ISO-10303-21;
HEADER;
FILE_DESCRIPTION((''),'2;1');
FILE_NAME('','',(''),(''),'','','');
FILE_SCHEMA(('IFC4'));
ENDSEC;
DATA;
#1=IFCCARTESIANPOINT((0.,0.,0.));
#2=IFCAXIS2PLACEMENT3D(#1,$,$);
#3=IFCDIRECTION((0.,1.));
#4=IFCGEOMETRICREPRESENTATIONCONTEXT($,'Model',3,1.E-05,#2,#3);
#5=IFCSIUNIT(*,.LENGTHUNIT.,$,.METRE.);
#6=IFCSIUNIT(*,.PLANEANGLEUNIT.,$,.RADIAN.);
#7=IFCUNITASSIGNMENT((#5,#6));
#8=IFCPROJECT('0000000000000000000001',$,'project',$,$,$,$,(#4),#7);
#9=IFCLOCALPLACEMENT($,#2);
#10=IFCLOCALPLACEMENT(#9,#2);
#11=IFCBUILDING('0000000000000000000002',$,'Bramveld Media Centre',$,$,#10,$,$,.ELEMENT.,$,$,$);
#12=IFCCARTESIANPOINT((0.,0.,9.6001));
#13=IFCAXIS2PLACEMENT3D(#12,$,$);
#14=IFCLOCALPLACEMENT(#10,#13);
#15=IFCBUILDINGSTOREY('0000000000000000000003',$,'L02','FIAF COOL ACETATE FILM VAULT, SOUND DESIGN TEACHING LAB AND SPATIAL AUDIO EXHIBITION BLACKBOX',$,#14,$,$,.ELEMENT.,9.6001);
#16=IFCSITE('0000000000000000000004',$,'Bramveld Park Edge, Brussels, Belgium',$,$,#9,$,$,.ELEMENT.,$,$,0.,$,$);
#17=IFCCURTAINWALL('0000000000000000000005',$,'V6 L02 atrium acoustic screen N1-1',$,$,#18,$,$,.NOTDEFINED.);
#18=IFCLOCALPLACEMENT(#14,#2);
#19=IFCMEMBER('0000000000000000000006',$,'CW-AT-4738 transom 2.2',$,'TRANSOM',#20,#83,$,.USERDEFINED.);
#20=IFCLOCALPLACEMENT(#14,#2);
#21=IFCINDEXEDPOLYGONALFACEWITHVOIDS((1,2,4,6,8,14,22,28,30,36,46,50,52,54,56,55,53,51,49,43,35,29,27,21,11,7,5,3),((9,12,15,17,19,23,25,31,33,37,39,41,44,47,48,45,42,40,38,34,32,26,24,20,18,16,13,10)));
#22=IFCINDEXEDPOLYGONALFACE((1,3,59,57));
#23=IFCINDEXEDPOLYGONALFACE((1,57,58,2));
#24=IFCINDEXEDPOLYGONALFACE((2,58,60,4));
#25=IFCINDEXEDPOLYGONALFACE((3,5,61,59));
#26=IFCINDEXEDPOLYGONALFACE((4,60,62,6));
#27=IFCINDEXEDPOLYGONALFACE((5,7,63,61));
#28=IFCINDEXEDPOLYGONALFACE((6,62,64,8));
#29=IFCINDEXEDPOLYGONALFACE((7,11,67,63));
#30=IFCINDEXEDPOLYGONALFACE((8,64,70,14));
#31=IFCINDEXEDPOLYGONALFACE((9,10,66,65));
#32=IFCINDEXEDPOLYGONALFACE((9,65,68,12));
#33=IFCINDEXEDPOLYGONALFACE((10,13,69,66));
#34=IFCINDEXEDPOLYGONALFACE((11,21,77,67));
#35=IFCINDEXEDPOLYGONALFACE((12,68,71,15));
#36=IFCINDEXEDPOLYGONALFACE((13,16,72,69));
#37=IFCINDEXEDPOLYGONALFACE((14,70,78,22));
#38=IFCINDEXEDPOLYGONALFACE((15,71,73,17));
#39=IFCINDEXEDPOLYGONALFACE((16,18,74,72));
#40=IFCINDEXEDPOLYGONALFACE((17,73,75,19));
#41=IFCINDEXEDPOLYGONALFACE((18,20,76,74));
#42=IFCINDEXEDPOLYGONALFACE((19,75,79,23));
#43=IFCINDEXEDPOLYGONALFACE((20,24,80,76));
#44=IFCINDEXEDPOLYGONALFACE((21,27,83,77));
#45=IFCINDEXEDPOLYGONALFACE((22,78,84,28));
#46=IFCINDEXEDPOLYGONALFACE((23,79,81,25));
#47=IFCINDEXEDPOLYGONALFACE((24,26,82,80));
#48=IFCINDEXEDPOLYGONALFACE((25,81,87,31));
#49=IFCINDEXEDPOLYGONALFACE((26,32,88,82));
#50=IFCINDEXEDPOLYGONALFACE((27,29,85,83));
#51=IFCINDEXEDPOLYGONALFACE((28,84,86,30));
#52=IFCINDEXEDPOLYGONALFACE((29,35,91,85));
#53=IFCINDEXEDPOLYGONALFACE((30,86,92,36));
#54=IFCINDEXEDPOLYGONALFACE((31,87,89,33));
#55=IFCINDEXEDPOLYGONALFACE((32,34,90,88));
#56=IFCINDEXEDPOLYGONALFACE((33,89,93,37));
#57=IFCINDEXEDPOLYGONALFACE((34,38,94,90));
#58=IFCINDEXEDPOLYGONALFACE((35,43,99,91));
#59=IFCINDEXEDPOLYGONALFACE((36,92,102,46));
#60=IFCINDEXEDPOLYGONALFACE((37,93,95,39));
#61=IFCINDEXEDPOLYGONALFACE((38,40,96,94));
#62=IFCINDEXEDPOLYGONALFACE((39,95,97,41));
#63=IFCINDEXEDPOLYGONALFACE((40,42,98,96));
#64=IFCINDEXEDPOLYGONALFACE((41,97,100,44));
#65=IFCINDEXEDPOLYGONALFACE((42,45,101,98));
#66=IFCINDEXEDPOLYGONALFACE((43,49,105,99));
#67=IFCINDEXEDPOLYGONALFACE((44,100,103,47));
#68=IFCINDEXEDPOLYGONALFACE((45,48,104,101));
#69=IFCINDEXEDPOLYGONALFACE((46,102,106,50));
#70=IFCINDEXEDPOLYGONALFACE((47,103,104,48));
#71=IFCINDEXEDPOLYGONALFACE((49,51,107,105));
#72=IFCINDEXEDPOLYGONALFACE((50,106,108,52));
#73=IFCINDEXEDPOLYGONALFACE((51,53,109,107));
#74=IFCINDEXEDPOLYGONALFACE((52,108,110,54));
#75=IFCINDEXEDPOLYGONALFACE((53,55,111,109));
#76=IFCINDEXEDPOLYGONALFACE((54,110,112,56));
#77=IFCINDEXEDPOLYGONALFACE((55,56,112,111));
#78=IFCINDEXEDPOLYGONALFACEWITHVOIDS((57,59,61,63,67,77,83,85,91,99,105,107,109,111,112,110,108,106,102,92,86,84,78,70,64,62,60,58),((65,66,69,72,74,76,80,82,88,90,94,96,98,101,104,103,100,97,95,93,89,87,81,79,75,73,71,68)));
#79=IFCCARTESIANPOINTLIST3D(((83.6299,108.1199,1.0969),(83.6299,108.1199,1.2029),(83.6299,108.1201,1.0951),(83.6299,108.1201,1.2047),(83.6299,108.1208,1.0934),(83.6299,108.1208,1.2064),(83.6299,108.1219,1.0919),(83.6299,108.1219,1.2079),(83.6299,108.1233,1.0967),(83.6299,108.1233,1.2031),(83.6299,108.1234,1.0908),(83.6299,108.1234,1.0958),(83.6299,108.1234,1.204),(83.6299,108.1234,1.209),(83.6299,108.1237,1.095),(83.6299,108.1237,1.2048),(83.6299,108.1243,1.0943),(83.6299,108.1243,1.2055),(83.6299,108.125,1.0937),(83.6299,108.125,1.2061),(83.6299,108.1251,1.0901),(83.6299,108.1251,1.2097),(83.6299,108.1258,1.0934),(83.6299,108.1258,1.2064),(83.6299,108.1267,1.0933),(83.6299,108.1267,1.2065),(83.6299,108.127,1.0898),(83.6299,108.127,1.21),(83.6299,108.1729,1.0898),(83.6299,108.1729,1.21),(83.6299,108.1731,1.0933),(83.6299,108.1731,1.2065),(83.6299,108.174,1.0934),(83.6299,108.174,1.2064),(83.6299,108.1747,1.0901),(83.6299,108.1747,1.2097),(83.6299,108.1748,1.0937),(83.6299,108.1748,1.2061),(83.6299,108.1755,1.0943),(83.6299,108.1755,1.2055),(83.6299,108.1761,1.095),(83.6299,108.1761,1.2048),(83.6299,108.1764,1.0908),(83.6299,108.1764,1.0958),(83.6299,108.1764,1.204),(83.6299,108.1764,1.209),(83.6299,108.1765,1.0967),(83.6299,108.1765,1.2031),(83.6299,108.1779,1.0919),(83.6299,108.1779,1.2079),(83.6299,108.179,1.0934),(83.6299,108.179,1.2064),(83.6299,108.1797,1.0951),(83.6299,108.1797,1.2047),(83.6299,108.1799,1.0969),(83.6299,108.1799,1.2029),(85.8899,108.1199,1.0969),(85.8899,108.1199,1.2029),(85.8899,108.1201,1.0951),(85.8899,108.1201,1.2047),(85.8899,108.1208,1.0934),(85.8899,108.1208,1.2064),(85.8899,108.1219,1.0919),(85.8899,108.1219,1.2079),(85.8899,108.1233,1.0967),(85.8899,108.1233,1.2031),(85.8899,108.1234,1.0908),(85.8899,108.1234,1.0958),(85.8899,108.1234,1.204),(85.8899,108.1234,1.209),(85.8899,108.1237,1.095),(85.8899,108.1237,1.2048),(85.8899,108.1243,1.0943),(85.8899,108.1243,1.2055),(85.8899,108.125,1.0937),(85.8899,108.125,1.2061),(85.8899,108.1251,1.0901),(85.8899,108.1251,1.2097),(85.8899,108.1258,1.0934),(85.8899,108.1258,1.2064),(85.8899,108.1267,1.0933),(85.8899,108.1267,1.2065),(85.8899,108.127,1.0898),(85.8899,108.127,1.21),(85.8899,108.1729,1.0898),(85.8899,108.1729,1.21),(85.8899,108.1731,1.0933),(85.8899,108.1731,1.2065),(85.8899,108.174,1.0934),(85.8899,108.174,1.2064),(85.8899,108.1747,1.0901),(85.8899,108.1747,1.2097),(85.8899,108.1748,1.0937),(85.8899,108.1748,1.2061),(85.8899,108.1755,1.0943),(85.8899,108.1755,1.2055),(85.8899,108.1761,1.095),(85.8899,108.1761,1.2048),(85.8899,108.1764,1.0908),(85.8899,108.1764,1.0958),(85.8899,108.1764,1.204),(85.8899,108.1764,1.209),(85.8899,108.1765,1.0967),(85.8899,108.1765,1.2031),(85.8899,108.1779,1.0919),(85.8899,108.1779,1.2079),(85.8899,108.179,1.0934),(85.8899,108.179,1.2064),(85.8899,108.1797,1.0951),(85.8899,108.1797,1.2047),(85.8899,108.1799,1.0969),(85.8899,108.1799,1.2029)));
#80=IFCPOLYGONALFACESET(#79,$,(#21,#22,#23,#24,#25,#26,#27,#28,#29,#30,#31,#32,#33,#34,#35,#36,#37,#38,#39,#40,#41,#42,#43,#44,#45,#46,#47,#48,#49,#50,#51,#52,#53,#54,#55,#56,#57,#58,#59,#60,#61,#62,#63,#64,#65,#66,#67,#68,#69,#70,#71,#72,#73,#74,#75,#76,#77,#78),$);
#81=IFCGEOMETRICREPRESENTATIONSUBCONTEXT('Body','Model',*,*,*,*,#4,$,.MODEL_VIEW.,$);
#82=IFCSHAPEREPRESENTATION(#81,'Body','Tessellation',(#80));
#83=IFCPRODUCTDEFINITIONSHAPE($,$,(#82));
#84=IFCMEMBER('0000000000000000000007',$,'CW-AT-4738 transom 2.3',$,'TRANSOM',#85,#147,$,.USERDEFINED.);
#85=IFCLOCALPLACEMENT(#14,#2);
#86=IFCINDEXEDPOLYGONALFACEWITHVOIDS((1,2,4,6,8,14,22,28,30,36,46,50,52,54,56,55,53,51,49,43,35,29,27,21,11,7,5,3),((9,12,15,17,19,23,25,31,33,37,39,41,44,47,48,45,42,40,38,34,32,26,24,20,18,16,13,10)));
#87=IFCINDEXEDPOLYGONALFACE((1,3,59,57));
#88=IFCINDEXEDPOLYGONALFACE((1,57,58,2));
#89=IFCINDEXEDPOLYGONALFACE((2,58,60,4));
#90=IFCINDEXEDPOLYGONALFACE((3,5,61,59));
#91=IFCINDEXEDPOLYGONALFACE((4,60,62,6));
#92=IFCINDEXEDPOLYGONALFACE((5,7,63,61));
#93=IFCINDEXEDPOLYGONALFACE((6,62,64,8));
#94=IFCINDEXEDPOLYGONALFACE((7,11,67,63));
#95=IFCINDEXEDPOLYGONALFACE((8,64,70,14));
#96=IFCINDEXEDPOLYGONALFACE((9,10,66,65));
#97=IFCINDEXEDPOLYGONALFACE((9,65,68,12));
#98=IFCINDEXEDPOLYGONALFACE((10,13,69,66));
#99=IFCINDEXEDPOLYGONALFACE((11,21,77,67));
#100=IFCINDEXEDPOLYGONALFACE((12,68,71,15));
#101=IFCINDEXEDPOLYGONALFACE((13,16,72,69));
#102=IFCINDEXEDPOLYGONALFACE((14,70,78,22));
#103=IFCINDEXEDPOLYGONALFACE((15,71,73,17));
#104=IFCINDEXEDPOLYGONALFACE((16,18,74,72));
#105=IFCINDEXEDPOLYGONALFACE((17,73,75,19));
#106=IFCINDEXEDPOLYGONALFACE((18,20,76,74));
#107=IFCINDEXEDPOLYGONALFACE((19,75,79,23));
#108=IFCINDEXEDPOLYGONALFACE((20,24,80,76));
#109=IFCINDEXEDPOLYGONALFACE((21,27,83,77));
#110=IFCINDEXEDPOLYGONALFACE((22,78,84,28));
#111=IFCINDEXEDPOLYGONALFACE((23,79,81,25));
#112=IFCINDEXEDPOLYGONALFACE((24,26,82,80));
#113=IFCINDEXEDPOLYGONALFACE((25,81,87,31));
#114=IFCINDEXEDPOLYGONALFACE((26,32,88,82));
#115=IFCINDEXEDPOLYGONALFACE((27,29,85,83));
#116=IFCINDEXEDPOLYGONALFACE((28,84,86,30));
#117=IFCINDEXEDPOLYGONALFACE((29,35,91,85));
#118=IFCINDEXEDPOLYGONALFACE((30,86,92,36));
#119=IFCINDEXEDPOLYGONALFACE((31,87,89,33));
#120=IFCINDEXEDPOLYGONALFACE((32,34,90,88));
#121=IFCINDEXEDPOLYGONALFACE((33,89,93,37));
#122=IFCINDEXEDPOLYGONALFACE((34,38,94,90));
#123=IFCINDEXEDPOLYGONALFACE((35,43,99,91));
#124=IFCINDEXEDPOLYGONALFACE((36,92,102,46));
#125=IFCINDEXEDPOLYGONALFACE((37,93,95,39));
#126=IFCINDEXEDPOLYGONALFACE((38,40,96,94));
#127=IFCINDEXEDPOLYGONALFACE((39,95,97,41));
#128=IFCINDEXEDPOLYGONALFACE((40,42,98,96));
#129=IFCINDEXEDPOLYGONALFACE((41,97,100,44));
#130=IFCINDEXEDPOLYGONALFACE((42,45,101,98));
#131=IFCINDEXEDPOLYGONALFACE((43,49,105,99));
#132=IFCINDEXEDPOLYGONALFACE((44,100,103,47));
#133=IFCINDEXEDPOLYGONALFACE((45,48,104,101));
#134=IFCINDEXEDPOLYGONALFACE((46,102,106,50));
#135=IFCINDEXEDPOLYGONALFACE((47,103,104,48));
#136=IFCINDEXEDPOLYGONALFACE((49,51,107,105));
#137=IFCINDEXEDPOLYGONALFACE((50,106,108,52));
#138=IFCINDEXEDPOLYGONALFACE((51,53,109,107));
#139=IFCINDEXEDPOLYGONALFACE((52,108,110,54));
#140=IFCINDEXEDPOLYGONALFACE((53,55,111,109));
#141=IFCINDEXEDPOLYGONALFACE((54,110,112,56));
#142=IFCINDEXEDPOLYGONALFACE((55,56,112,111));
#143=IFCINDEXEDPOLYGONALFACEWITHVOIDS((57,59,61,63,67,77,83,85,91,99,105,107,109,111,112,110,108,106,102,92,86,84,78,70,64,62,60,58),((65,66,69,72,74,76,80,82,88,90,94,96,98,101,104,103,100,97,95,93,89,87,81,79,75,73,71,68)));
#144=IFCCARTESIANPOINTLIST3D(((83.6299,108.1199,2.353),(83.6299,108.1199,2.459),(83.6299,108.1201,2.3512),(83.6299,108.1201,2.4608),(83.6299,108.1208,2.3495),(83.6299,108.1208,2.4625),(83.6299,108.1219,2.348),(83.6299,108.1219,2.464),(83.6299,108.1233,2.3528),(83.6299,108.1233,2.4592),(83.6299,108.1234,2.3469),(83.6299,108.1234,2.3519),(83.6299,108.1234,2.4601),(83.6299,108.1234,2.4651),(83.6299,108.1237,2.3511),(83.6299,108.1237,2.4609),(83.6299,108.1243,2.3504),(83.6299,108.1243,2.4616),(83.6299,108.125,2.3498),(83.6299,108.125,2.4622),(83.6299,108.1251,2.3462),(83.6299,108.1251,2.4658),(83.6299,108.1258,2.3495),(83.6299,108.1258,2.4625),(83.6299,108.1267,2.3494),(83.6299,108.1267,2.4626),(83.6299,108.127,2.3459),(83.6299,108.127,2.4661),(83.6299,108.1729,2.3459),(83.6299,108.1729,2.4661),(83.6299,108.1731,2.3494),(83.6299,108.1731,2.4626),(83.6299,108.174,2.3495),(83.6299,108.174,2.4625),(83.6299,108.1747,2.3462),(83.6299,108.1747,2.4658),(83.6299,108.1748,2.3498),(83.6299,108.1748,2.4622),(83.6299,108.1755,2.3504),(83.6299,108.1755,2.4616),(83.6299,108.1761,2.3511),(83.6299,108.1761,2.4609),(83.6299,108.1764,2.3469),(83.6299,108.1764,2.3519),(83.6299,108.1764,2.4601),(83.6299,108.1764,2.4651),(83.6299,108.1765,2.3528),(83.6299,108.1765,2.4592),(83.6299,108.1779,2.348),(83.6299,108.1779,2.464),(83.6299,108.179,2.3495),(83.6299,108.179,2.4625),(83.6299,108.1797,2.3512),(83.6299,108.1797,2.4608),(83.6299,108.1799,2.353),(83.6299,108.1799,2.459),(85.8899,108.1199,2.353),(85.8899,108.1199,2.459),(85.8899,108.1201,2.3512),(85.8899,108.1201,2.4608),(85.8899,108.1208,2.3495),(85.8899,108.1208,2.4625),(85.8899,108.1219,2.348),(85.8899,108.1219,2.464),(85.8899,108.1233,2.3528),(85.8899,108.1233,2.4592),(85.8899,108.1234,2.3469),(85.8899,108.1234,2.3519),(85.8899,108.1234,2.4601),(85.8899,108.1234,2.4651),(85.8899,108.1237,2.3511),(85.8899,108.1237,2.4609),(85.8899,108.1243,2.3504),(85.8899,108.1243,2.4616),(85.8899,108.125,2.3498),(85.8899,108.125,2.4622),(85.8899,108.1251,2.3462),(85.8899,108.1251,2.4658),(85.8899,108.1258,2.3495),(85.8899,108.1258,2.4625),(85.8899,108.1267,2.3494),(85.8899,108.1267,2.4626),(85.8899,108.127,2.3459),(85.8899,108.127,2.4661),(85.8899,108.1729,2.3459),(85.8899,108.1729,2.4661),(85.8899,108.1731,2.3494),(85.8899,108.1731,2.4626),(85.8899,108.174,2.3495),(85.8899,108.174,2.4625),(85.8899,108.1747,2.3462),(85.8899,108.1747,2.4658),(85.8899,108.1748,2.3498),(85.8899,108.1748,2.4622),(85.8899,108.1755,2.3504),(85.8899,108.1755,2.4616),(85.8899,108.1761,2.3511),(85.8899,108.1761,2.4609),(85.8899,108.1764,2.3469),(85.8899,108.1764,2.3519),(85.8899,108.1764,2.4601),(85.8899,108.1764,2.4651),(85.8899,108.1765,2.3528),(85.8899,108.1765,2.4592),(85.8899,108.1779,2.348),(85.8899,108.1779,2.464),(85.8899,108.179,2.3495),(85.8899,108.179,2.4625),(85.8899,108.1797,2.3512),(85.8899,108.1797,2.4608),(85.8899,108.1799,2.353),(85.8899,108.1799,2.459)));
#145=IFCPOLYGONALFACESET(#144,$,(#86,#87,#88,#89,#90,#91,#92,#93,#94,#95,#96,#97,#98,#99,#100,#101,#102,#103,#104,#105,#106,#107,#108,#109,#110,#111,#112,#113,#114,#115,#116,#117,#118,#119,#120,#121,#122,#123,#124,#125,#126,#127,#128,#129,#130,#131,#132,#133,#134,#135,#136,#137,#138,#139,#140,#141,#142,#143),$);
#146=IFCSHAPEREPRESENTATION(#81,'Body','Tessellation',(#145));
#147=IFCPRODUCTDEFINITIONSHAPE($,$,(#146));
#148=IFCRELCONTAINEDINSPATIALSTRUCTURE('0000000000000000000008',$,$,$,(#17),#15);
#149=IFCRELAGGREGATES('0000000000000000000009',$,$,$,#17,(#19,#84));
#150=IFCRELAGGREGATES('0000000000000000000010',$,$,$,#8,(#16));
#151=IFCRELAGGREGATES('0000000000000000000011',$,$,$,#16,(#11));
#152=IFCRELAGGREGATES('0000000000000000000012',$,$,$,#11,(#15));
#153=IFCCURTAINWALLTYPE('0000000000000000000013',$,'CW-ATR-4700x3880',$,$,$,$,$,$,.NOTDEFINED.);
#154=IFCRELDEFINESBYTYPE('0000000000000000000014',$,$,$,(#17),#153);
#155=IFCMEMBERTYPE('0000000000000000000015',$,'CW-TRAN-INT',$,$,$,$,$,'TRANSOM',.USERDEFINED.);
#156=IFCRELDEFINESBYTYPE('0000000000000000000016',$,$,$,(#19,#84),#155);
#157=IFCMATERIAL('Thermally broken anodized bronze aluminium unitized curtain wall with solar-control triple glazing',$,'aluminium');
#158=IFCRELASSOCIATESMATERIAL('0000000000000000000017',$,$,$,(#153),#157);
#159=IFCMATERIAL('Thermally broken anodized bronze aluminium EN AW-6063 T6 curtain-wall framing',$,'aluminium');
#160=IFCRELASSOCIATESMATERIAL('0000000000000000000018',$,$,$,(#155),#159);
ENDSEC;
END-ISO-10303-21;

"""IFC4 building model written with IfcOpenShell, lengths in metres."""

from ifc_helpers import new_model, si_unit, direction, frame, origin, origin_2d, place, context, subcontext, project, spatial, hollow_rectangle, extrude, material, material_profile, profile_set, type_object, element, aggregate, save


model = new_model("IFC4")

# Units and contexts
model_context = context("Model", 3, precision=1e-05, world=origin(), true_north=direction((0.0, 1.0)))
body_context = subcontext(model_context, "Body", "Model", "MODEL_VIEW")
ifc_project = project(units=[si_unit("LENGTHUNIT", "METRE"), si_unit("PLANEANGLEUNIT", "RADIAN")], contexts=[model_context])

# Site, building, storey
site_placement = place(None, origin())
site = spatial("IfcSite", under=ifc_project, at=site_placement, Name="Bramveld Park Edge, Brussels, Belgium", CompositionType="ELEMENT", RefElevation=0.0)
building_placement = place(site_placement, origin())
building = spatial("IfcBuilding", under=site, at=building_placement, Name="Bramveld Media Centre", CompositionType="ELEMENT")
storey_placement = place(building_placement, frame((0.0, 0.0, 9.6001)))
storey = spatial("IfcBuildingStorey", under=building, at=storey_placement, Name="L02", Description="FIAF COOL ACETATE FILM VAULT, SOUND DESIGN TEACHING LAB AND SPATIAL AUDIO EXHIBITION BLACKBOX", CompositionType="ELEMENT", Elevation=9.6001)

# Curtain wall
ifc_material_1 = material(Name="Thermally broken anodized bronze aluminium unitized curtain wall with solar-control triple glazing", Category="aluminium")
curtain_wall_type_1 = type_object("IfcCurtainWallType", Name="CW-ATR-4700x3880", PredefinedType="NOTDEFINED", material=ifc_material_1)
curtain_wall_1_placement = place(storey_placement, origin())
curtain_wall_1 = element("IfcCurtainWall", 1, at=curtain_wall_1_placement, inside=storey, type_object=curtain_wall_type_1, Name="V6 L02 atrium acoustic screen N1-1", PredefinedType="NOTDEFINED")

# Members
ifc_material_2 = material(Name="Thermally broken anodized bronze aluminium EN AW-6063 T6 curtain-wall framing", Category="aluminium")
ifc_material_profile_1 = material_profile(ifc_material_2, hollow_rectangle(XDim=0.0601, YDim=0.1201, WallThickness=0.0034, InnerFilletRadius=0.0034, OuterFilletRadius=0.0071, at=origin_2d()), Name="AL-TRAN 60x120")
ifc_profile_set_1 = profile_set([ifc_material_profile_1], Name="Thermally broken anodized bronze aluminium EN AW-6063 T6 curtain-wall framing")
member_type_1 = type_object("IfcMemberType", Name="CW-TRAN-INT", ElementType="TRANSOM", PredefinedType="USERDEFINED", material=ifc_profile_set_1)
member_1_placement = place(storey_placement, frame((83.6299, 108.1499, 1.1499), z_axis=(1.0, 0.0, 0.0), x_axis=(0.0, 1.0, 0.0)))
member_1 = element("IfcMember", 2, at=member_1_placement, type_object=member_type_1, Name="CW-AT-4738 transom 2.2", ObjectType="TRANSOM", PredefinedType="USERDEFINED", context=body_context, shape_type="SweptSolid", body=[
    extrude(hollow_rectangle(XDim=0.0601, YDim=0.1201, WallThickness=0.0034, InnerFilletRadius=0.0034, OuterFilletRadius=0.0071, at=origin_2d()), origin(), (0.0, 0.0, 1.0), 2.26),
])
member_2_placement = place(storey_placement, frame((83.6299, 108.1499, 2.406), z_axis=(1.0, 0.0, 0.0), x_axis=(0.0, 1.0, 0.0)))
member_2 = element("IfcMember", 3, at=member_2_placement, type_object=member_type_1, Name="CW-AT-4738 transom 2.3", ObjectType="TRANSOM", PredefinedType="USERDEFINED", context=body_context, shape_type="SweptSolid", body=[
    extrude(hollow_rectangle(XDim=0.0601, YDim=0.1201, WallThickness=0.0034, InnerFilletRadius=0.0034, OuterFilletRadius=0.0071, at=origin_2d()), origin(), (0.0, 0.0, 1.0), 2.26),
])

aggregate(curtain_wall_1, [member_1, member_2])

save(model, "model.ifc")
